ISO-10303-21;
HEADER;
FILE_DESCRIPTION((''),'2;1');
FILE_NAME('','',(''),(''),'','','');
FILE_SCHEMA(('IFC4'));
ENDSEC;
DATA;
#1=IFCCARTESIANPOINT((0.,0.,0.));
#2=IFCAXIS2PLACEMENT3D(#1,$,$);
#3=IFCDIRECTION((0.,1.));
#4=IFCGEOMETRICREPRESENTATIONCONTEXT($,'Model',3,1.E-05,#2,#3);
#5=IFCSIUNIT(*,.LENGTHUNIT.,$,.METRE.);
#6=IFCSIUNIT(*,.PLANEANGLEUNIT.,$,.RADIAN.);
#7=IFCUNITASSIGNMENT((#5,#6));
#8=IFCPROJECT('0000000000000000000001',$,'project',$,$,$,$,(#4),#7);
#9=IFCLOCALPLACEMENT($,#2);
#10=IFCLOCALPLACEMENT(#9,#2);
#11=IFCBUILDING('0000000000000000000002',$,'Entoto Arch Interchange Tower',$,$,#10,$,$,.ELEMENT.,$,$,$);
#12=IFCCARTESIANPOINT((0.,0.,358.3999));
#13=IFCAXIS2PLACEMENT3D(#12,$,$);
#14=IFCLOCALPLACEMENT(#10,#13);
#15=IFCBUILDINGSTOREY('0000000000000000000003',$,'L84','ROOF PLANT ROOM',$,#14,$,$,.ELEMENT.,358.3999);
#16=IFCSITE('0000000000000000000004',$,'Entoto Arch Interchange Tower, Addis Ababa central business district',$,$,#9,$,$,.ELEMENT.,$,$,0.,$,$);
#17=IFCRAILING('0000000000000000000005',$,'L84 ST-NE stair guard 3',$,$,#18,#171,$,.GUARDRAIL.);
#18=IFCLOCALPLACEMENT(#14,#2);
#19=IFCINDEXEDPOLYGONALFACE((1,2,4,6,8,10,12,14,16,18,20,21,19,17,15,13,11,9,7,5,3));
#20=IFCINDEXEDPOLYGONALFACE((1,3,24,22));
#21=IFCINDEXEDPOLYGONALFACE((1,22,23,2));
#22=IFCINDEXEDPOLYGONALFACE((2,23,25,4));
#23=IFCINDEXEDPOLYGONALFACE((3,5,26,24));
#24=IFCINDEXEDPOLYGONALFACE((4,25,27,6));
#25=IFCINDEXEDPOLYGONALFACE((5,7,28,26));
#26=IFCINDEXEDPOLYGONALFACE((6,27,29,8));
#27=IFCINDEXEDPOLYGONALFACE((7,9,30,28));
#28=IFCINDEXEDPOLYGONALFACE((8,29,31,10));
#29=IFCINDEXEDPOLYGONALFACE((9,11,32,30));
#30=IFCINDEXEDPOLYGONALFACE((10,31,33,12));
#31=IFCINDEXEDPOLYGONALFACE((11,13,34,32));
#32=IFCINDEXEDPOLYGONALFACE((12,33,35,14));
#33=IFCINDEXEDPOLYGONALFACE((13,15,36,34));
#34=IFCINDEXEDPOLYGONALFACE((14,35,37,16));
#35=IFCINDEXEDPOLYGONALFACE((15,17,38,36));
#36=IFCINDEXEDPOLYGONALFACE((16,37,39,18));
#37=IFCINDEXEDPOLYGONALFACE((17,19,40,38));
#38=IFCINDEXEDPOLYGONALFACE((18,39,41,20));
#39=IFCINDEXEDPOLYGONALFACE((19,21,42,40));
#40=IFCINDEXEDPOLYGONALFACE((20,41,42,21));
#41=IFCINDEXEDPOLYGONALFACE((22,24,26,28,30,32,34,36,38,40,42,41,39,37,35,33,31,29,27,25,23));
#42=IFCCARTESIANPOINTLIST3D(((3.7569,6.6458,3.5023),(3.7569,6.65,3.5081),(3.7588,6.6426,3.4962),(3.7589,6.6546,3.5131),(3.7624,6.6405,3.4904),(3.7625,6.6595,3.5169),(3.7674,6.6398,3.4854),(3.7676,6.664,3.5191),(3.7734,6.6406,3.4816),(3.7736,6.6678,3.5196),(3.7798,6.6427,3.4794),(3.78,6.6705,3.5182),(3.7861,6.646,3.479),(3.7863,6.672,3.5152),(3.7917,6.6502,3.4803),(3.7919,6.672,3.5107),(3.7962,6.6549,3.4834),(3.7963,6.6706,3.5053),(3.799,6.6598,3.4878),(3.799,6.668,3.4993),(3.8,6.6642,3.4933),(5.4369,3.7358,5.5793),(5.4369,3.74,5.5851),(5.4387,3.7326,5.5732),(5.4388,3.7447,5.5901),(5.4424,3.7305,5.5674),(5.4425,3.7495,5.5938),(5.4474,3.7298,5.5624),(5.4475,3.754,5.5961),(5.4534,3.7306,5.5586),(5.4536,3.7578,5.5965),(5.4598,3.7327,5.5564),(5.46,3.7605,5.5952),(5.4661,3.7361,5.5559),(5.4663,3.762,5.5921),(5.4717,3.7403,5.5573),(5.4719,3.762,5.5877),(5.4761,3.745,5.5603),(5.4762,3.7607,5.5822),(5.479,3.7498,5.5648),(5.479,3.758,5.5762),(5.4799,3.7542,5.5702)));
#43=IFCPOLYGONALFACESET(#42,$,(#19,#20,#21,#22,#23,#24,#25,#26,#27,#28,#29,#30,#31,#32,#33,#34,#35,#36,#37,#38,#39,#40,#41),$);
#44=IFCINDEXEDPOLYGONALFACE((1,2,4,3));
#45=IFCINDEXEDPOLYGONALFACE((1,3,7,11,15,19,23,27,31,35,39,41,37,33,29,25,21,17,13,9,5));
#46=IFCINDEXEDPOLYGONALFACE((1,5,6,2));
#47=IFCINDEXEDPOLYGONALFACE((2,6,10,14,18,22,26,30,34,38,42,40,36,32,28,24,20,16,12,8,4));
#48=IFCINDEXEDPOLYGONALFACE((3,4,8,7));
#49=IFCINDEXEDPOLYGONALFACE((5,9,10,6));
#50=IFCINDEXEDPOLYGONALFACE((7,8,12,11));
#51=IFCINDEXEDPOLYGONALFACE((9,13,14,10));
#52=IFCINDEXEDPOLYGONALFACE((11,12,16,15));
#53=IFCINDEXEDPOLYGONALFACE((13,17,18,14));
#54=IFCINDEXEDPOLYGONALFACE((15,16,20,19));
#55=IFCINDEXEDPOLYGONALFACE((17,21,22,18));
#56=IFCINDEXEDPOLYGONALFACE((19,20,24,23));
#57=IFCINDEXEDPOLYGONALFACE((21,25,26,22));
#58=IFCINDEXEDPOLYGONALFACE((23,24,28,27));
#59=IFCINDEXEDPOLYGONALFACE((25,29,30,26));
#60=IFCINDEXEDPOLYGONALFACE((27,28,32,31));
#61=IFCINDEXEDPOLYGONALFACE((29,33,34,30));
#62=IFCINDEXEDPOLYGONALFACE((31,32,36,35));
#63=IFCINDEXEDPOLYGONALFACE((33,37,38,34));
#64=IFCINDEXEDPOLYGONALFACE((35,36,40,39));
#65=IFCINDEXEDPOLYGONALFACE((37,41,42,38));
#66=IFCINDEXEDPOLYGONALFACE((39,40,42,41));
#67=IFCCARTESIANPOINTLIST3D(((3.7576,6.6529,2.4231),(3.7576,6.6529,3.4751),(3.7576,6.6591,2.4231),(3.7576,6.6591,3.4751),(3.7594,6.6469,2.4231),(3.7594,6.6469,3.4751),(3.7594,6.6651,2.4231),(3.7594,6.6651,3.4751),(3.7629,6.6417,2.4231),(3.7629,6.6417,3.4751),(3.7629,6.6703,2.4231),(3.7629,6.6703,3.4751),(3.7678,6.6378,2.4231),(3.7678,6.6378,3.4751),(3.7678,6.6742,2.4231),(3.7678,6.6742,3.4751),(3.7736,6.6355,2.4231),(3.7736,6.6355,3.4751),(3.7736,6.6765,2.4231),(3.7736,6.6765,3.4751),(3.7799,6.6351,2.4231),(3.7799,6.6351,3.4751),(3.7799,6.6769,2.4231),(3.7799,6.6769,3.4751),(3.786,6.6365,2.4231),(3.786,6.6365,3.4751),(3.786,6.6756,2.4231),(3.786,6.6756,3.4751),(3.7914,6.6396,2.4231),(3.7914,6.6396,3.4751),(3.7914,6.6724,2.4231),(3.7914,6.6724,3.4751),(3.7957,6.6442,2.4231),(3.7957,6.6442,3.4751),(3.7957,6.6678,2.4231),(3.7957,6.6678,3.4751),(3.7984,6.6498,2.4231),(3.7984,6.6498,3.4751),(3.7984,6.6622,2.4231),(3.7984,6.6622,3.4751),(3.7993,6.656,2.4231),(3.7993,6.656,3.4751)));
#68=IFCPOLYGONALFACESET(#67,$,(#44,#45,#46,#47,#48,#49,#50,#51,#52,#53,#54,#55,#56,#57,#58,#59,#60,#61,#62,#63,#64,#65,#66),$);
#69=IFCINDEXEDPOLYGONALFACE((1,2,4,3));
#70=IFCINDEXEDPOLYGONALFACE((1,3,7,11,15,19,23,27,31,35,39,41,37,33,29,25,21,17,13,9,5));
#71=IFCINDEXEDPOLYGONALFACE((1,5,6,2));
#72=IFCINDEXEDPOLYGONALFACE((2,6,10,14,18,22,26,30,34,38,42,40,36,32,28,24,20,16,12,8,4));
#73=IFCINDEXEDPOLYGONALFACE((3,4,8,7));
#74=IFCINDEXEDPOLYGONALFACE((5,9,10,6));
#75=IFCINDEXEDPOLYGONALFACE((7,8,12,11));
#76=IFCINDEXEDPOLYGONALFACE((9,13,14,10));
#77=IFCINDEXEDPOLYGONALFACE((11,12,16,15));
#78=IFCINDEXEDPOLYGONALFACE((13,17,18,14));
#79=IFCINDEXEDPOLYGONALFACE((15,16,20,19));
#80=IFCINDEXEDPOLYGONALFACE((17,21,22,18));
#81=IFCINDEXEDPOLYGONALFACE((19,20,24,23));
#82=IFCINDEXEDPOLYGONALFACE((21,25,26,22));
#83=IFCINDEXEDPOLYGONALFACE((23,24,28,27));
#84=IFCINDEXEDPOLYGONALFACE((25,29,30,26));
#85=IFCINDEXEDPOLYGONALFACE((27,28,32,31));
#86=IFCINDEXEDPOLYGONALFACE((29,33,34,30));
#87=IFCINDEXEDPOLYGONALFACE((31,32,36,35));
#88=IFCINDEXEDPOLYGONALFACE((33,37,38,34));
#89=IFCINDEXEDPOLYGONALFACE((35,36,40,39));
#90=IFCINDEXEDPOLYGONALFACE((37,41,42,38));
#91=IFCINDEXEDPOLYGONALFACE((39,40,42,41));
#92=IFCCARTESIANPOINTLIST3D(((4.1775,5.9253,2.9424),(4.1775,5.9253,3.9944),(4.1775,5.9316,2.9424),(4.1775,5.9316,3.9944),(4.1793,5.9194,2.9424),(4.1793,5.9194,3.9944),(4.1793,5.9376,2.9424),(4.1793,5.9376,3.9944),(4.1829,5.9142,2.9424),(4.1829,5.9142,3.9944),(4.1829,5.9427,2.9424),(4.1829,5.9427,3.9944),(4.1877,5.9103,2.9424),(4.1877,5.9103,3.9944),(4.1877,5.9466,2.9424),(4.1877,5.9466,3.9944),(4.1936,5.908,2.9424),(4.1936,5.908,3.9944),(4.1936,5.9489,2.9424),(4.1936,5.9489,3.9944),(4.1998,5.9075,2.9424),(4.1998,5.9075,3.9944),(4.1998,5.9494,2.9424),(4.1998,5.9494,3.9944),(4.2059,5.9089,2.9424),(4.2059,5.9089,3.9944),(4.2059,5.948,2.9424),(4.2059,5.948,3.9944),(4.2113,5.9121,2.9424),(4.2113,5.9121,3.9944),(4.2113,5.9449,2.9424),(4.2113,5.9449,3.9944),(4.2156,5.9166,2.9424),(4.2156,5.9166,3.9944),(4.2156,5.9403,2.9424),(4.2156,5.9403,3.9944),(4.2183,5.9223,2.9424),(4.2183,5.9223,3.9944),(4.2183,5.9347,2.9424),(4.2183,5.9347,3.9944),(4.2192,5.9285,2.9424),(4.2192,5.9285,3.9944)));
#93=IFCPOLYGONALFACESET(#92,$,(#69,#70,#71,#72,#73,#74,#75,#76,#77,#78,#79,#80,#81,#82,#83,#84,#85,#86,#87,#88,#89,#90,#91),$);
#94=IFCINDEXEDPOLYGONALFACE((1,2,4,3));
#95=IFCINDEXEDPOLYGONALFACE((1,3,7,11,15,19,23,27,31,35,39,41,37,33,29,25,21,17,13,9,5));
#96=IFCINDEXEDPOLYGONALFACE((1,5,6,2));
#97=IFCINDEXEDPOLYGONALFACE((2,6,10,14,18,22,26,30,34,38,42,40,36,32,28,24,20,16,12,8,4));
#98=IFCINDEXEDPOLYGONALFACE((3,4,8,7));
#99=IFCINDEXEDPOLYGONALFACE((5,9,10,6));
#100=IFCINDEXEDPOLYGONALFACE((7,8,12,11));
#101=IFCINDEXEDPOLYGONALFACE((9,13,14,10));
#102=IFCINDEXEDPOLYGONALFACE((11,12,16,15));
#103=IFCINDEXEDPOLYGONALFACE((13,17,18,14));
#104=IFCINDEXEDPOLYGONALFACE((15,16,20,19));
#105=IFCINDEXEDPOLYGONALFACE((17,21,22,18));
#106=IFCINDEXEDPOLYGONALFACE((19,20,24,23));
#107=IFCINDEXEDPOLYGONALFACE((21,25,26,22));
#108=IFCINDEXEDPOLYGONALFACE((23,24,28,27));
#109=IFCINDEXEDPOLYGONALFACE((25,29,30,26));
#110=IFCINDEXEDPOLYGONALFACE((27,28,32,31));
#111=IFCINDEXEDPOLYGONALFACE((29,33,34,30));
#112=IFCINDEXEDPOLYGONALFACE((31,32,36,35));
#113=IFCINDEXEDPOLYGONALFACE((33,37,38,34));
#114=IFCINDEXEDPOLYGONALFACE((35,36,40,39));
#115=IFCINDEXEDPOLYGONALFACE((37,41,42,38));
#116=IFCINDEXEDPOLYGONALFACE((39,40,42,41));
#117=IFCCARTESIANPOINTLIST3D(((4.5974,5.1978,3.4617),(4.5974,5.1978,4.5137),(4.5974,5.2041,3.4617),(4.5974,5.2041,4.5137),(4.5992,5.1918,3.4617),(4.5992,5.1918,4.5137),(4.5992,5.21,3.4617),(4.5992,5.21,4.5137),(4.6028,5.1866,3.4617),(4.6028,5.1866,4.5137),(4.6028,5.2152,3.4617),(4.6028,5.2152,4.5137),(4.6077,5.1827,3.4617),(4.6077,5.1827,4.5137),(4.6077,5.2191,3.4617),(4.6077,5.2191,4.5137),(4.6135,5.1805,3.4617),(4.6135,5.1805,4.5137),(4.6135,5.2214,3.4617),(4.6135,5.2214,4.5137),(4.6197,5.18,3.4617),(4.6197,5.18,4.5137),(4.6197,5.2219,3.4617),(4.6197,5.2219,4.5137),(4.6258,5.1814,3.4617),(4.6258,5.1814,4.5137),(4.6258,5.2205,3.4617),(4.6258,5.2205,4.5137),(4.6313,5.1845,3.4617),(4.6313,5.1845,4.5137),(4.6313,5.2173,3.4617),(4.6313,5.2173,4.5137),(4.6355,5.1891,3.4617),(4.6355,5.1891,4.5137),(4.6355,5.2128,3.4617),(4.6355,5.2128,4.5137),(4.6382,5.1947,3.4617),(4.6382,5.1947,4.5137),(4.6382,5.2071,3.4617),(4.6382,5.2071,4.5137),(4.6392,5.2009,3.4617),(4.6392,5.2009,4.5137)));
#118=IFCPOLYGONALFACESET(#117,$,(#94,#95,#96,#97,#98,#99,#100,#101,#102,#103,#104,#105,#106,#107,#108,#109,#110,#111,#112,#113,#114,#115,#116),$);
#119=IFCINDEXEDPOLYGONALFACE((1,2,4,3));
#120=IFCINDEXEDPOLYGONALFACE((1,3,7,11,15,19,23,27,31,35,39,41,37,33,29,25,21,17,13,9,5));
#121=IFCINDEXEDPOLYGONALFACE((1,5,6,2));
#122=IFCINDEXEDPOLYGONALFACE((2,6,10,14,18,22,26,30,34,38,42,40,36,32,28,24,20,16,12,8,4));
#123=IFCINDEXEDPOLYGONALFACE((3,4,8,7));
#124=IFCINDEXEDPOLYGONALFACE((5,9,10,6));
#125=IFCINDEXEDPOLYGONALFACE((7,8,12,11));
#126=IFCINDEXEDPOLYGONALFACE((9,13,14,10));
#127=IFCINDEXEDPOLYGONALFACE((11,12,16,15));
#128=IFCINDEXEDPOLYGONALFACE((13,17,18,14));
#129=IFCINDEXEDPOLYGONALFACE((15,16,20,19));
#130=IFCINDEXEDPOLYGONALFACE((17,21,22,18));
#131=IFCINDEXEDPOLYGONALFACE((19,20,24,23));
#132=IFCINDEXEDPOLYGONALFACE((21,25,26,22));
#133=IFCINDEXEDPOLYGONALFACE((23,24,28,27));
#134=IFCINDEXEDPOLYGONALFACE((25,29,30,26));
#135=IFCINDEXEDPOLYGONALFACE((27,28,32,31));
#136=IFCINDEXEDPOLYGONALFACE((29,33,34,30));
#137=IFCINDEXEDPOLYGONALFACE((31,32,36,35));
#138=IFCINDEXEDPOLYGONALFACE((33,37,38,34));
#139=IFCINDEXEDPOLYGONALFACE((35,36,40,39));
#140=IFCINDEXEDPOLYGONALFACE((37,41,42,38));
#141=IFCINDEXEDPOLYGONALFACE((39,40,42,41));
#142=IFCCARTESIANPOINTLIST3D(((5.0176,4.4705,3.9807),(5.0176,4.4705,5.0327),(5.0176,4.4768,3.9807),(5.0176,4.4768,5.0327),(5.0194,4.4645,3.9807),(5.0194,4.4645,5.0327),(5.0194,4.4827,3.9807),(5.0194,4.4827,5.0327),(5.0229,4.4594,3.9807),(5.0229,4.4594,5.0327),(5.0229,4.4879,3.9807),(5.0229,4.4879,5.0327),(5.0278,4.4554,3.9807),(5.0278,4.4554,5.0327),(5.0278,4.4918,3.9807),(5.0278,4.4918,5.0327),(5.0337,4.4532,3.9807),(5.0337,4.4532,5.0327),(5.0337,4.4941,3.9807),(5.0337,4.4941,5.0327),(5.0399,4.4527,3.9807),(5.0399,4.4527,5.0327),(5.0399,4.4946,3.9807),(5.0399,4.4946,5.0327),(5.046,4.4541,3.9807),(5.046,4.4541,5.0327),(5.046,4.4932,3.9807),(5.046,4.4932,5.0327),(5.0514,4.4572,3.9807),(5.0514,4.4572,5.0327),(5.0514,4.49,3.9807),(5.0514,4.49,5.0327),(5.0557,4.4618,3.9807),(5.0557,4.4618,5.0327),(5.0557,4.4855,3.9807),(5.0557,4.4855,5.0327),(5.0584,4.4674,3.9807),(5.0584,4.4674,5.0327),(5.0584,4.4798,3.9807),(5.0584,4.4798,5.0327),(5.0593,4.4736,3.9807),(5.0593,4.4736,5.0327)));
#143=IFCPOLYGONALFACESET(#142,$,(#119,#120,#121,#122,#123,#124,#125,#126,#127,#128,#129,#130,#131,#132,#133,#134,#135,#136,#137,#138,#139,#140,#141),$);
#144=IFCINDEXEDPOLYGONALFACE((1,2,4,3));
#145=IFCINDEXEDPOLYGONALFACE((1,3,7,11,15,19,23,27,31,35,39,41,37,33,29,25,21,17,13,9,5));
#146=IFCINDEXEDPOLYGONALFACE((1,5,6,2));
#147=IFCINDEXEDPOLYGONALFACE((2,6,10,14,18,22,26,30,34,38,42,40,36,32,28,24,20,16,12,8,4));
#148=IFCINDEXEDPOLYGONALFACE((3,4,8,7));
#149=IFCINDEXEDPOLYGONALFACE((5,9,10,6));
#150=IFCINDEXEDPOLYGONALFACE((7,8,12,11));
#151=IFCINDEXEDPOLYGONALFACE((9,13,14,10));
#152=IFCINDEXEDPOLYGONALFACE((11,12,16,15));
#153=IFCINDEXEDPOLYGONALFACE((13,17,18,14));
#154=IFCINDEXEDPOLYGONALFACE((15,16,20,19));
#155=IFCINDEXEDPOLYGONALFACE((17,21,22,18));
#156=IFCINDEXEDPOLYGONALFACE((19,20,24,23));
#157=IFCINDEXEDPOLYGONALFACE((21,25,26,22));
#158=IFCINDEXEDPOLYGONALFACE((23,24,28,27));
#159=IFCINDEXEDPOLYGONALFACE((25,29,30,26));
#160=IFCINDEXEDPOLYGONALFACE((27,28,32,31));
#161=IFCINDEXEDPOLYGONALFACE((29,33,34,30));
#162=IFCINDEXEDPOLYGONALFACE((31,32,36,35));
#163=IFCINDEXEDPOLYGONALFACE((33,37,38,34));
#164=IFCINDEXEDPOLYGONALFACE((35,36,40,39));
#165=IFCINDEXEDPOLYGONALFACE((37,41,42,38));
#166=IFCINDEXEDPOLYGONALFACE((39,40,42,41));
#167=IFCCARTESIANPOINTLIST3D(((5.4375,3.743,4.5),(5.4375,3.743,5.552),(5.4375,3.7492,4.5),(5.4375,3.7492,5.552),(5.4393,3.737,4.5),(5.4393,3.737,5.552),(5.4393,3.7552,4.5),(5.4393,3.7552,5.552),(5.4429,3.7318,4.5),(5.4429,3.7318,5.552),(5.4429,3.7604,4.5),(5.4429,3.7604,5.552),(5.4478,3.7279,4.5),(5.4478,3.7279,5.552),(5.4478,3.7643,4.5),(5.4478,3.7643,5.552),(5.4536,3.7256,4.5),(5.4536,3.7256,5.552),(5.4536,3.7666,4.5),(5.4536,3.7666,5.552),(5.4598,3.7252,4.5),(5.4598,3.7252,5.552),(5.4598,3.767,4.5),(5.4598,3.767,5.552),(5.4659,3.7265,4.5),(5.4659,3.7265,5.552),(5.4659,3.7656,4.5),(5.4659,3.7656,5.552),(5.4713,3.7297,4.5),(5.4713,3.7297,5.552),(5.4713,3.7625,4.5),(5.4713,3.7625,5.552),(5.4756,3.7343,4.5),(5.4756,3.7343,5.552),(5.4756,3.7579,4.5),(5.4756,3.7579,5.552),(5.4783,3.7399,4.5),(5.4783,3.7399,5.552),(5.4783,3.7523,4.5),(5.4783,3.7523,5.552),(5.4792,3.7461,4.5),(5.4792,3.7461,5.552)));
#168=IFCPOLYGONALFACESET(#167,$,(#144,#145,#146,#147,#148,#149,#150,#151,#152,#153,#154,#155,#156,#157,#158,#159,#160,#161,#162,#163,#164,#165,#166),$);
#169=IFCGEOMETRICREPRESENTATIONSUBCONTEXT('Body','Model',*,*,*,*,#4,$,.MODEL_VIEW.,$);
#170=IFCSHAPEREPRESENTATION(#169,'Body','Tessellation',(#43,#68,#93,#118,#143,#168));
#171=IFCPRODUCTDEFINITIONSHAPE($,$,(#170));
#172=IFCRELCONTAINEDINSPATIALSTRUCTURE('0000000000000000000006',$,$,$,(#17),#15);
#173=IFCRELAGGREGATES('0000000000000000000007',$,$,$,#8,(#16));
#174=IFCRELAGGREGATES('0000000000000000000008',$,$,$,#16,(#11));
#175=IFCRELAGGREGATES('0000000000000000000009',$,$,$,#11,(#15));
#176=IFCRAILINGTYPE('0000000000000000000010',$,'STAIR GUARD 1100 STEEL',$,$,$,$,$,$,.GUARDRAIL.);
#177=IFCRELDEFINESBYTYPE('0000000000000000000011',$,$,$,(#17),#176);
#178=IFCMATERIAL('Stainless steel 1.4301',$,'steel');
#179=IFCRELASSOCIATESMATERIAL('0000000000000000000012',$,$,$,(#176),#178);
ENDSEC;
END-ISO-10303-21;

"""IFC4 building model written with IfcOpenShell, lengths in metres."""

from ifc_helpers import new_model, si_unit, direction, frame, origin, origin_2d, place, context, subcontext, project, spatial, circle, extrude, material, type_object, element, save


model = new_model("IFC4")

# Units and contexts
model_context = context("Model", 3, precision=1e-05, world=origin(), true_north=direction((0.0, 1.0)))
body_context = subcontext(model_context, "Body", "Model", "MODEL_VIEW")
ifc_project = project(units=[si_unit("LENGTHUNIT", "METRE"), si_unit("PLANEANGLEUNIT", "RADIAN")], contexts=[model_context])

# Site, building, storey
site_placement = place(None, origin())
site = spatial("IfcSite", under=ifc_project, at=site_placement, Name="Entoto Arch Interchange Tower, Addis Ababa central business district", CompositionType="ELEMENT", RefElevation=0.0)
building_placement = place(site_placement, origin())
building = spatial("IfcBuilding", under=site, at=building_placement, Name="Entoto Arch Interchange Tower", CompositionType="ELEMENT")
storey_placement = place(building_placement, frame((0.0, 0.0, 358.3999)))
storey = spatial("IfcBuildingStorey", under=building, at=storey_placement, Name="L84", Description="ROOF PLANT ROOM", CompositionType="ELEMENT", Elevation=358.3999)

# Railing
ifc_material_1 = material(Name="Stainless steel 1.4301", Category="steel")
railing_type = type_object("IfcRailingType", Name="STAIR GUARD 1100 STEEL", PredefinedType="GUARDRAIL", material=ifc_material_1)
railing_1_placement = place(storey_placement, frame((3.7783, 6.656, 2.4231)))
element("IfcRailing", 1, at=railing_1_placement, inside=storey, type_object=railing_type, Name="L84 ST-NE stair guard 3", PredefinedType="GUARDRAIL", context=body_context, shape_type="SweptSolid", body=[
    extrude(circle(Radius=0.0239, at=origin_2d()), frame((0.0, 0.0, 1.0762), z_axis=(0.425288, -0.736668, 0.525785), x_axis=(0.866039, 0.499976, 0.0)), (0.0, 0.0, 1.0), 3.9502),
    extrude(circle(Radius=0.021, at=origin_2d()), origin(), (0.0, 0.0, 1.0), 1.052),
    extrude(circle(Radius=0.021, at=origin_2d()), frame((0.4199, -0.7275, 0.5193)), (0.0, 0.0, 1.0), 1.052),
    extrude(circle(Radius=0.021, at=origin_2d()), frame((0.8398, -1.4551, 1.0386)), (0.0, 0.0, 1.0), 1.052),
    extrude(circle(Radius=0.021, at=origin_2d()), frame((1.26, -2.1824, 1.5576)), (0.0, 0.0, 1.0), 1.052),
    extrude(circle(Radius=0.021, at=origin_2d()), frame((1.6799, -2.9099, 2.0769)), (0.0, 0.0, 1.0), 1.052),
])

save(model, "model.ifc")
